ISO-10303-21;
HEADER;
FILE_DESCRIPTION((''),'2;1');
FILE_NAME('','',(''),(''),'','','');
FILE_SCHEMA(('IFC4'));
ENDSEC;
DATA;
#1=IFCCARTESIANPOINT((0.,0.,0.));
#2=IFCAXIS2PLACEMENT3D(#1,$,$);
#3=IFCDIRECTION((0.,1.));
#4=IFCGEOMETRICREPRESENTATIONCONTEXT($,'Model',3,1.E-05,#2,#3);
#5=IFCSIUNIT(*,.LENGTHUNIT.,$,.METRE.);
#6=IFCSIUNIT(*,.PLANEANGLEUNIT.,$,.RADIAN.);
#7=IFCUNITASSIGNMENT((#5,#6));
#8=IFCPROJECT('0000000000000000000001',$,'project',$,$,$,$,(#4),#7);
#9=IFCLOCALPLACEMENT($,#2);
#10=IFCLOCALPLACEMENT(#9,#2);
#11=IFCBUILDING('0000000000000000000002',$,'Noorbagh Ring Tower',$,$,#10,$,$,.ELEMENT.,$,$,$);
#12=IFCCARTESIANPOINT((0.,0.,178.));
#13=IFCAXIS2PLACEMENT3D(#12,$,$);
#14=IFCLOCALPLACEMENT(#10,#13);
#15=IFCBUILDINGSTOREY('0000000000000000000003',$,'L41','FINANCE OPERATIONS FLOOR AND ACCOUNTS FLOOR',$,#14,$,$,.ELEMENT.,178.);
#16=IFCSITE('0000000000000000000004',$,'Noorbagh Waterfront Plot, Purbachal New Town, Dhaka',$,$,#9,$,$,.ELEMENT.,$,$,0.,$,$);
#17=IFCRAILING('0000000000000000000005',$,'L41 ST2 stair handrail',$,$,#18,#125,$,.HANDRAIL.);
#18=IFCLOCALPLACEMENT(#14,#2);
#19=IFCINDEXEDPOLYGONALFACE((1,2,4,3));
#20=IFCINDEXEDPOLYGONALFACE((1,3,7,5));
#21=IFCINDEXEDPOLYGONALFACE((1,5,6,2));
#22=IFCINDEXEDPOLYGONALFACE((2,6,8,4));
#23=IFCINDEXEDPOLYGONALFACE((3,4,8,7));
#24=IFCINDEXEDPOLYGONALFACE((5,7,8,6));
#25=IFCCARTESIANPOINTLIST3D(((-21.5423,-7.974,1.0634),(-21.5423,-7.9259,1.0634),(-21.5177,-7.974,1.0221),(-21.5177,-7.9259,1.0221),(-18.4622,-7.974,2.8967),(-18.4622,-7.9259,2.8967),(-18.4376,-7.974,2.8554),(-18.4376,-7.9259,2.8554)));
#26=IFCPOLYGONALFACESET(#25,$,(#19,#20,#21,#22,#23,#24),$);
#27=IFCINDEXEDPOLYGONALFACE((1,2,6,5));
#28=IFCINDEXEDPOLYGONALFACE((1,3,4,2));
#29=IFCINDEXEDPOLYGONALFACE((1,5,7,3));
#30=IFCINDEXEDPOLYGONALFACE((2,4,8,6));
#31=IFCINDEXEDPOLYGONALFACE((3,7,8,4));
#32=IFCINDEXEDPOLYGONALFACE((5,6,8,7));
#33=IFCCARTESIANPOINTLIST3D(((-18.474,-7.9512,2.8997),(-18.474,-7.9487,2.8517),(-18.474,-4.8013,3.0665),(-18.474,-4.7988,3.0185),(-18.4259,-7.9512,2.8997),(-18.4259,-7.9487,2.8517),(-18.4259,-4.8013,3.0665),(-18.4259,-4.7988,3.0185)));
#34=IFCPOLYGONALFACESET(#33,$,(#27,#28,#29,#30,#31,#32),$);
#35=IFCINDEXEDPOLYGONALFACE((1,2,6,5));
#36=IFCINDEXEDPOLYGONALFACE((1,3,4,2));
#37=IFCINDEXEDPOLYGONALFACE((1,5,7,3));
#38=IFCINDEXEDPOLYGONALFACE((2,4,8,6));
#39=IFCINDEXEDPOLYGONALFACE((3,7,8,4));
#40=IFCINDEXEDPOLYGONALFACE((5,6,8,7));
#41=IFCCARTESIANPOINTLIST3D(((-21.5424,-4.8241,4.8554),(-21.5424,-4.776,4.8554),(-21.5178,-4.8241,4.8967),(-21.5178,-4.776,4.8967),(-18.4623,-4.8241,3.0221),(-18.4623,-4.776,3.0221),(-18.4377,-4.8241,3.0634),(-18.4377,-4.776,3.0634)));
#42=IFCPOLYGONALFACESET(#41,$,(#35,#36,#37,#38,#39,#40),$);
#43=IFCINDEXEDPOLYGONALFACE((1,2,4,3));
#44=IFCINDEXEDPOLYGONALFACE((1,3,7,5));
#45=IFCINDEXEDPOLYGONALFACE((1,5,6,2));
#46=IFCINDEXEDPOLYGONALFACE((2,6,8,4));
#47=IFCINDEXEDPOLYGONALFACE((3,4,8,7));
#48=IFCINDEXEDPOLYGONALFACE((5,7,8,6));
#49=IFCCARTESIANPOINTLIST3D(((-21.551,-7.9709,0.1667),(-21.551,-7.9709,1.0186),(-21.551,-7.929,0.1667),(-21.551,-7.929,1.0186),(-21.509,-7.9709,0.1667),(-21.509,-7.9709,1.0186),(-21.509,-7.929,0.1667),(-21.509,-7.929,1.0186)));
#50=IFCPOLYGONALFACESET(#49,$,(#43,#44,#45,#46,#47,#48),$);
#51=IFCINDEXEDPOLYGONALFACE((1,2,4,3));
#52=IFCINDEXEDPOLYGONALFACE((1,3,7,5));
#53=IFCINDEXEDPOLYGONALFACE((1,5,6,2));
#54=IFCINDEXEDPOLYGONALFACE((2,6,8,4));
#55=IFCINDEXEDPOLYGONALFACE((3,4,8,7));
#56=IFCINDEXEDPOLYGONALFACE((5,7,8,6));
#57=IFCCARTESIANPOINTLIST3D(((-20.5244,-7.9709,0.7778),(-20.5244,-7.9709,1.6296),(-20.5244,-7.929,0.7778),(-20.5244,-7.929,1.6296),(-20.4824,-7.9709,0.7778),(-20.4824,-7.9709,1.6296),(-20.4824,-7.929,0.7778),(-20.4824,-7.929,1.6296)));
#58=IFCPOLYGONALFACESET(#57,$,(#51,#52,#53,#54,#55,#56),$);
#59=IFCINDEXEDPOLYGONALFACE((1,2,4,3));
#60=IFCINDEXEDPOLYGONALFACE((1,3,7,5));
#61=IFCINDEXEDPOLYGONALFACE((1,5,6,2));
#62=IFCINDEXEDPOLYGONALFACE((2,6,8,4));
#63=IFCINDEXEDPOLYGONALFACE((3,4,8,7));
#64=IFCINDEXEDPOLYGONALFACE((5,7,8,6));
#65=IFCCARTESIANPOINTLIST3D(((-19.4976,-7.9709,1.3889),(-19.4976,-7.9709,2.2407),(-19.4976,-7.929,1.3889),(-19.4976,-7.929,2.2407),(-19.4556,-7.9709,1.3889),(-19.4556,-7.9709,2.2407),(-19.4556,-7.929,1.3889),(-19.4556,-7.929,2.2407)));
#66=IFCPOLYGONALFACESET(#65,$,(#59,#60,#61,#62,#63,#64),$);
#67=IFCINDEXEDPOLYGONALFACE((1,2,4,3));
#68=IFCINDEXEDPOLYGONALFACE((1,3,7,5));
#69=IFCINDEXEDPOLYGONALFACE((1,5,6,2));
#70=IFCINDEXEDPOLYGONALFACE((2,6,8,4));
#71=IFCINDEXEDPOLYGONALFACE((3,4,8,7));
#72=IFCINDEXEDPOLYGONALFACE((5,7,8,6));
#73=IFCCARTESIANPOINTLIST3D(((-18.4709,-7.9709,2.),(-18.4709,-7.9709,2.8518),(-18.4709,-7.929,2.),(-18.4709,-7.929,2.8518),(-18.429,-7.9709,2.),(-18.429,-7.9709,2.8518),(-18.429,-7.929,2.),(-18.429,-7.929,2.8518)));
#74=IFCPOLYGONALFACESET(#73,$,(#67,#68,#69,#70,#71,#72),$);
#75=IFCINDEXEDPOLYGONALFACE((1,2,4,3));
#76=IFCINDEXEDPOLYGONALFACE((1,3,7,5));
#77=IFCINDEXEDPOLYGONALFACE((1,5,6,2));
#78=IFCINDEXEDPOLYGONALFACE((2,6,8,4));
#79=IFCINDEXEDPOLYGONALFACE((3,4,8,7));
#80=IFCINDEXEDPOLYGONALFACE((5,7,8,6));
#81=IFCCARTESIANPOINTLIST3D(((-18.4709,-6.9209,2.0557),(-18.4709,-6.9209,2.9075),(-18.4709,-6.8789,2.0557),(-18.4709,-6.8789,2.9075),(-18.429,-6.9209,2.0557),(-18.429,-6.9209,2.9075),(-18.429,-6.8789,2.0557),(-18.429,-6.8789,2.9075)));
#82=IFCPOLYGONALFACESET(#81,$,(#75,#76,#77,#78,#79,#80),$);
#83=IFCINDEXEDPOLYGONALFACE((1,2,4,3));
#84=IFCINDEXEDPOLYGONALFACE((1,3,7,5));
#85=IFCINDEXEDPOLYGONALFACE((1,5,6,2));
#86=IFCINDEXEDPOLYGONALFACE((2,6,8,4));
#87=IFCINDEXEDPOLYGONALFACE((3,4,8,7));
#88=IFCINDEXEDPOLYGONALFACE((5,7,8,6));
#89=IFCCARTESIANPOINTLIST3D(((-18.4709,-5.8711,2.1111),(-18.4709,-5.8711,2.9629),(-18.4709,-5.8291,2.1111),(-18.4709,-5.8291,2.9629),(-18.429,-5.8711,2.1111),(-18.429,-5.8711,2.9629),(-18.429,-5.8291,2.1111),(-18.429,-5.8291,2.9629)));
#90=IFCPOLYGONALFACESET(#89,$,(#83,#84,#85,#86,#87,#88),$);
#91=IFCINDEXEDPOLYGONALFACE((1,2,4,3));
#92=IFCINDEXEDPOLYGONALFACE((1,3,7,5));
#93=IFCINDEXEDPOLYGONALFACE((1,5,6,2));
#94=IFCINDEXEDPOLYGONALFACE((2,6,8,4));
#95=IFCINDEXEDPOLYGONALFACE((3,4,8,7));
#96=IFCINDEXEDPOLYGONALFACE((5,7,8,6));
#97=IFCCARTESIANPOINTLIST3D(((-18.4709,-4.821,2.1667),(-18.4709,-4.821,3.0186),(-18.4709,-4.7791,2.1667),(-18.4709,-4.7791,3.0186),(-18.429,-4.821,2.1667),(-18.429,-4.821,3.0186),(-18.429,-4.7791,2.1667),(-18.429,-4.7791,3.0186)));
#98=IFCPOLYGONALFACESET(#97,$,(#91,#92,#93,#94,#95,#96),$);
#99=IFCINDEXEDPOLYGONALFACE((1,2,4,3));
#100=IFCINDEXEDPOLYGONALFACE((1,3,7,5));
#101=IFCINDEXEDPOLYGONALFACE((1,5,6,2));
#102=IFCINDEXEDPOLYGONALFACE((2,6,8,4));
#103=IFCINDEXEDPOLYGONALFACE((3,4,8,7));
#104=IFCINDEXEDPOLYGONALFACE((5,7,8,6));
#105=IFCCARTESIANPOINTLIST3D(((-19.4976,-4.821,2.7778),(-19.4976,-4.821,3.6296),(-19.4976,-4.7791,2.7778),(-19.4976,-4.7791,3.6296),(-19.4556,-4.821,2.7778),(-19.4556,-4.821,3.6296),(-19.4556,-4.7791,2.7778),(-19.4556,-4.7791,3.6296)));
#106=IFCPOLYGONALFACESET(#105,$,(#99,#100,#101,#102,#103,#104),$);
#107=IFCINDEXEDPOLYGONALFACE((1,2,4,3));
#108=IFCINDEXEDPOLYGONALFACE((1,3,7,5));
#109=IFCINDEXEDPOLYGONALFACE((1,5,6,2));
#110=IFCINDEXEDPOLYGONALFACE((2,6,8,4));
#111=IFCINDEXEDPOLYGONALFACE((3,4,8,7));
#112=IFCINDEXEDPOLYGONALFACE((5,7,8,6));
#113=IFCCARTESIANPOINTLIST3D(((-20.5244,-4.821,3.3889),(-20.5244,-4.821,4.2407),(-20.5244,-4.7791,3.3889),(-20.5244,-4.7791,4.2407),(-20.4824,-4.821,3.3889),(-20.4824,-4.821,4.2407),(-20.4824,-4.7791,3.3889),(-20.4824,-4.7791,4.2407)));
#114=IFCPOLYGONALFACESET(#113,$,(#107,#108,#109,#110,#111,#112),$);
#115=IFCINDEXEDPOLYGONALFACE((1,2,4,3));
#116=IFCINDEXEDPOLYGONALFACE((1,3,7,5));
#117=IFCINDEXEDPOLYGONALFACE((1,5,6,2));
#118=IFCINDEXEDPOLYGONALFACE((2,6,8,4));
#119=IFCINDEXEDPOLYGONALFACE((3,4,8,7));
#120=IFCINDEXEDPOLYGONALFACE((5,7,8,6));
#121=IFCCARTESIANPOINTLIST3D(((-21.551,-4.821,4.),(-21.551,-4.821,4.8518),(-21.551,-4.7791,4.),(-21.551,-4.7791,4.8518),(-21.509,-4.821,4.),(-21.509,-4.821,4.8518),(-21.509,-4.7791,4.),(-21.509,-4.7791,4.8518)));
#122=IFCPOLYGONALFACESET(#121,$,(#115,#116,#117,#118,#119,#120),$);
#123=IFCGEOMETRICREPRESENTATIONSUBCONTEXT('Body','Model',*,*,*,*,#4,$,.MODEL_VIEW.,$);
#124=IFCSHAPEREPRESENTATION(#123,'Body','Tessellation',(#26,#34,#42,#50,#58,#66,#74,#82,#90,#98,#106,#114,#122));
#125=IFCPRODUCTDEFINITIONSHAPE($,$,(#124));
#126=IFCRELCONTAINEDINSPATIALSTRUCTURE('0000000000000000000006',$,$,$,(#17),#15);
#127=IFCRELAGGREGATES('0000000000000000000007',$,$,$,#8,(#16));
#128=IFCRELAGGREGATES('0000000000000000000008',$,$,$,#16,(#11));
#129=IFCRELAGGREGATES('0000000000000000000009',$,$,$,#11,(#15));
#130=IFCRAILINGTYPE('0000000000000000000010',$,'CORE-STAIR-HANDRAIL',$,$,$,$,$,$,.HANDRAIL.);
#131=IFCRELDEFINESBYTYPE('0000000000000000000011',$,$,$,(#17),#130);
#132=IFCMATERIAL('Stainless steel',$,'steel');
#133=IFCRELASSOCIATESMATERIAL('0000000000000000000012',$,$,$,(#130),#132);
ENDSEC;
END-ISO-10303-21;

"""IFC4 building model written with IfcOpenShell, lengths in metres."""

from ifc_helpers import new_model, si_unit, direction, frame, origin, origin_2d, place, context, subcontext, project, spatial, rectangle, extrude, material, type_object, element, save


model = new_model("IFC4")

# Units and contexts
model_context = context("Model", 3, precision=1e-05, world=origin(), true_north=direction((0.0, 1.0)))
body_context = subcontext(model_context, "Body", "Model", "MODEL_VIEW")
ifc_project = project(units=[si_unit("LENGTHUNIT", "METRE"), si_unit("PLANEANGLEUNIT", "RADIAN")], contexts=[model_context])

# Site, building, storey
site_placement = place(None, origin())
site = spatial("IfcSite", under=ifc_project, at=site_placement, Name="Noorbagh Waterfront Plot, Purbachal New Town, Dhaka", CompositionType="ELEMENT", RefElevation=0.0)
building_placement = place(site_placement, origin())
building = spatial("IfcBuilding", under=site, at=building_placement, Name="Noorbagh Ring Tower", CompositionType="ELEMENT")
storey_placement = place(building_placement, frame((0.0, 0.0, 178.0)))
storey = spatial("IfcBuildingStorey", under=building, at=storey_placement, Name="L41", Description="FINANCE OPERATIONS FLOOR AND ACCOUNTS FLOOR", CompositionType="ELEMENT", Elevation=178.0)

# Railing
ifc_material_1 = material(Name="Stainless steel", Category="steel")
railing_type_1 = type_object("IfcRailingType", Name="CORE-STAIR-HANDRAIL", PredefinedType="HANDRAIL", material=ifc_material_1)
railing_1_placement = place(storey_placement, frame((-21.53, -7.95, 0.1667)))
element("IfcRailing", 1, at=railing_1_placement, inside=storey, type_object=railing_type_1, Name="L41 ST2 stair handrail", PredefinedType="HANDRAIL", context=body_context, shape_type="SweptSolid", body=[
    extrude(rectangle(XDim=0.0481, YDim=0.0481, at=origin_2d()), frame((0.0, 0.0, 0.876), z_axis=(0.859309, 0.0, 0.511458), x_axis=(0.0, 1.0, 0.0)), (0.0, 0.0, 1.0), 3.5845),
    extrude(rectangle(XDim=0.0481, YDim=0.0481, at=origin_2d()), frame((3.0801, 0.0, 2.709), z_axis=(0.0, 0.998602, 0.052864), x_axis=(-1.0, 0.0, 0.0)), (0.0, 0.0, 1.0), 3.1543),
    extrude(rectangle(XDim=0.0481, YDim=0.0481, at=origin_2d()), frame((3.0801, 3.1499, 2.876), z_axis=(-0.859309, 0.0, 0.511458), x_axis=(0.0, -1.0, 0.0)), (0.0, 0.0, 1.0), 3.5845),
    extrude(rectangle(XDim=0.042, YDim=0.042, at=origin_2d()), origin(), (0.0, 0.0, 1.0), 0.8518),
    extrude(rectangle(XDim=0.042, YDim=0.042, at=origin_2d()), frame((1.0266, 0.0, 0.6111)), (0.0, 0.0, 1.0), 0.8518),
    extrude(rectangle(XDim=0.042, YDim=0.042, at=origin_2d()), frame((2.0535, 0.0, 1.2222)), (0.0, 0.0, 1.0), 0.8518),
    extrude(rectangle(XDim=0.042, YDim=0.042, at=origin_2d()), frame((3.0801, 0.0, 1.8333)), (0.0, 0.0, 1.0), 0.8518),
    extrude(rectangle(XDim=0.042, YDim=0.042, at=origin_2d()), frame((3.0801, 1.05, 1.8889)), (0.0, 0.0, 1.0), 0.8518),
    extrude(rectangle(XDim=0.042, YDim=0.042, at=origin_2d()), frame((3.0801, 2.0999, 1.9443)), (0.0, 0.0, 1.0), 0.8518),
    extrude(rectangle(XDim=0.042, YDim=0.042, at=origin_2d()), frame((3.0801, 3.1499, 2.0)), (0.0, 0.0, 1.0), 0.8518),
    extrude(rectangle(XDim=0.042, YDim=0.042, at=origin_2d()), frame((2.0535, 3.1499, 2.6111)), (0.0, 0.0, 1.0), 0.8518),
    extrude(rectangle(XDim=0.042, YDim=0.042, at=origin_2d()), frame((1.0266, 3.1499, 3.2222)), (0.0, 0.0, 1.0), 0.8518),
    extrude(rectangle(XDim=0.042, YDim=0.042, at=origin_2d()), frame((0.0, 3.1499, 3.8333)), (0.0, 0.0, 1.0), 0.8518),
])

save(model, "model.ifc")
